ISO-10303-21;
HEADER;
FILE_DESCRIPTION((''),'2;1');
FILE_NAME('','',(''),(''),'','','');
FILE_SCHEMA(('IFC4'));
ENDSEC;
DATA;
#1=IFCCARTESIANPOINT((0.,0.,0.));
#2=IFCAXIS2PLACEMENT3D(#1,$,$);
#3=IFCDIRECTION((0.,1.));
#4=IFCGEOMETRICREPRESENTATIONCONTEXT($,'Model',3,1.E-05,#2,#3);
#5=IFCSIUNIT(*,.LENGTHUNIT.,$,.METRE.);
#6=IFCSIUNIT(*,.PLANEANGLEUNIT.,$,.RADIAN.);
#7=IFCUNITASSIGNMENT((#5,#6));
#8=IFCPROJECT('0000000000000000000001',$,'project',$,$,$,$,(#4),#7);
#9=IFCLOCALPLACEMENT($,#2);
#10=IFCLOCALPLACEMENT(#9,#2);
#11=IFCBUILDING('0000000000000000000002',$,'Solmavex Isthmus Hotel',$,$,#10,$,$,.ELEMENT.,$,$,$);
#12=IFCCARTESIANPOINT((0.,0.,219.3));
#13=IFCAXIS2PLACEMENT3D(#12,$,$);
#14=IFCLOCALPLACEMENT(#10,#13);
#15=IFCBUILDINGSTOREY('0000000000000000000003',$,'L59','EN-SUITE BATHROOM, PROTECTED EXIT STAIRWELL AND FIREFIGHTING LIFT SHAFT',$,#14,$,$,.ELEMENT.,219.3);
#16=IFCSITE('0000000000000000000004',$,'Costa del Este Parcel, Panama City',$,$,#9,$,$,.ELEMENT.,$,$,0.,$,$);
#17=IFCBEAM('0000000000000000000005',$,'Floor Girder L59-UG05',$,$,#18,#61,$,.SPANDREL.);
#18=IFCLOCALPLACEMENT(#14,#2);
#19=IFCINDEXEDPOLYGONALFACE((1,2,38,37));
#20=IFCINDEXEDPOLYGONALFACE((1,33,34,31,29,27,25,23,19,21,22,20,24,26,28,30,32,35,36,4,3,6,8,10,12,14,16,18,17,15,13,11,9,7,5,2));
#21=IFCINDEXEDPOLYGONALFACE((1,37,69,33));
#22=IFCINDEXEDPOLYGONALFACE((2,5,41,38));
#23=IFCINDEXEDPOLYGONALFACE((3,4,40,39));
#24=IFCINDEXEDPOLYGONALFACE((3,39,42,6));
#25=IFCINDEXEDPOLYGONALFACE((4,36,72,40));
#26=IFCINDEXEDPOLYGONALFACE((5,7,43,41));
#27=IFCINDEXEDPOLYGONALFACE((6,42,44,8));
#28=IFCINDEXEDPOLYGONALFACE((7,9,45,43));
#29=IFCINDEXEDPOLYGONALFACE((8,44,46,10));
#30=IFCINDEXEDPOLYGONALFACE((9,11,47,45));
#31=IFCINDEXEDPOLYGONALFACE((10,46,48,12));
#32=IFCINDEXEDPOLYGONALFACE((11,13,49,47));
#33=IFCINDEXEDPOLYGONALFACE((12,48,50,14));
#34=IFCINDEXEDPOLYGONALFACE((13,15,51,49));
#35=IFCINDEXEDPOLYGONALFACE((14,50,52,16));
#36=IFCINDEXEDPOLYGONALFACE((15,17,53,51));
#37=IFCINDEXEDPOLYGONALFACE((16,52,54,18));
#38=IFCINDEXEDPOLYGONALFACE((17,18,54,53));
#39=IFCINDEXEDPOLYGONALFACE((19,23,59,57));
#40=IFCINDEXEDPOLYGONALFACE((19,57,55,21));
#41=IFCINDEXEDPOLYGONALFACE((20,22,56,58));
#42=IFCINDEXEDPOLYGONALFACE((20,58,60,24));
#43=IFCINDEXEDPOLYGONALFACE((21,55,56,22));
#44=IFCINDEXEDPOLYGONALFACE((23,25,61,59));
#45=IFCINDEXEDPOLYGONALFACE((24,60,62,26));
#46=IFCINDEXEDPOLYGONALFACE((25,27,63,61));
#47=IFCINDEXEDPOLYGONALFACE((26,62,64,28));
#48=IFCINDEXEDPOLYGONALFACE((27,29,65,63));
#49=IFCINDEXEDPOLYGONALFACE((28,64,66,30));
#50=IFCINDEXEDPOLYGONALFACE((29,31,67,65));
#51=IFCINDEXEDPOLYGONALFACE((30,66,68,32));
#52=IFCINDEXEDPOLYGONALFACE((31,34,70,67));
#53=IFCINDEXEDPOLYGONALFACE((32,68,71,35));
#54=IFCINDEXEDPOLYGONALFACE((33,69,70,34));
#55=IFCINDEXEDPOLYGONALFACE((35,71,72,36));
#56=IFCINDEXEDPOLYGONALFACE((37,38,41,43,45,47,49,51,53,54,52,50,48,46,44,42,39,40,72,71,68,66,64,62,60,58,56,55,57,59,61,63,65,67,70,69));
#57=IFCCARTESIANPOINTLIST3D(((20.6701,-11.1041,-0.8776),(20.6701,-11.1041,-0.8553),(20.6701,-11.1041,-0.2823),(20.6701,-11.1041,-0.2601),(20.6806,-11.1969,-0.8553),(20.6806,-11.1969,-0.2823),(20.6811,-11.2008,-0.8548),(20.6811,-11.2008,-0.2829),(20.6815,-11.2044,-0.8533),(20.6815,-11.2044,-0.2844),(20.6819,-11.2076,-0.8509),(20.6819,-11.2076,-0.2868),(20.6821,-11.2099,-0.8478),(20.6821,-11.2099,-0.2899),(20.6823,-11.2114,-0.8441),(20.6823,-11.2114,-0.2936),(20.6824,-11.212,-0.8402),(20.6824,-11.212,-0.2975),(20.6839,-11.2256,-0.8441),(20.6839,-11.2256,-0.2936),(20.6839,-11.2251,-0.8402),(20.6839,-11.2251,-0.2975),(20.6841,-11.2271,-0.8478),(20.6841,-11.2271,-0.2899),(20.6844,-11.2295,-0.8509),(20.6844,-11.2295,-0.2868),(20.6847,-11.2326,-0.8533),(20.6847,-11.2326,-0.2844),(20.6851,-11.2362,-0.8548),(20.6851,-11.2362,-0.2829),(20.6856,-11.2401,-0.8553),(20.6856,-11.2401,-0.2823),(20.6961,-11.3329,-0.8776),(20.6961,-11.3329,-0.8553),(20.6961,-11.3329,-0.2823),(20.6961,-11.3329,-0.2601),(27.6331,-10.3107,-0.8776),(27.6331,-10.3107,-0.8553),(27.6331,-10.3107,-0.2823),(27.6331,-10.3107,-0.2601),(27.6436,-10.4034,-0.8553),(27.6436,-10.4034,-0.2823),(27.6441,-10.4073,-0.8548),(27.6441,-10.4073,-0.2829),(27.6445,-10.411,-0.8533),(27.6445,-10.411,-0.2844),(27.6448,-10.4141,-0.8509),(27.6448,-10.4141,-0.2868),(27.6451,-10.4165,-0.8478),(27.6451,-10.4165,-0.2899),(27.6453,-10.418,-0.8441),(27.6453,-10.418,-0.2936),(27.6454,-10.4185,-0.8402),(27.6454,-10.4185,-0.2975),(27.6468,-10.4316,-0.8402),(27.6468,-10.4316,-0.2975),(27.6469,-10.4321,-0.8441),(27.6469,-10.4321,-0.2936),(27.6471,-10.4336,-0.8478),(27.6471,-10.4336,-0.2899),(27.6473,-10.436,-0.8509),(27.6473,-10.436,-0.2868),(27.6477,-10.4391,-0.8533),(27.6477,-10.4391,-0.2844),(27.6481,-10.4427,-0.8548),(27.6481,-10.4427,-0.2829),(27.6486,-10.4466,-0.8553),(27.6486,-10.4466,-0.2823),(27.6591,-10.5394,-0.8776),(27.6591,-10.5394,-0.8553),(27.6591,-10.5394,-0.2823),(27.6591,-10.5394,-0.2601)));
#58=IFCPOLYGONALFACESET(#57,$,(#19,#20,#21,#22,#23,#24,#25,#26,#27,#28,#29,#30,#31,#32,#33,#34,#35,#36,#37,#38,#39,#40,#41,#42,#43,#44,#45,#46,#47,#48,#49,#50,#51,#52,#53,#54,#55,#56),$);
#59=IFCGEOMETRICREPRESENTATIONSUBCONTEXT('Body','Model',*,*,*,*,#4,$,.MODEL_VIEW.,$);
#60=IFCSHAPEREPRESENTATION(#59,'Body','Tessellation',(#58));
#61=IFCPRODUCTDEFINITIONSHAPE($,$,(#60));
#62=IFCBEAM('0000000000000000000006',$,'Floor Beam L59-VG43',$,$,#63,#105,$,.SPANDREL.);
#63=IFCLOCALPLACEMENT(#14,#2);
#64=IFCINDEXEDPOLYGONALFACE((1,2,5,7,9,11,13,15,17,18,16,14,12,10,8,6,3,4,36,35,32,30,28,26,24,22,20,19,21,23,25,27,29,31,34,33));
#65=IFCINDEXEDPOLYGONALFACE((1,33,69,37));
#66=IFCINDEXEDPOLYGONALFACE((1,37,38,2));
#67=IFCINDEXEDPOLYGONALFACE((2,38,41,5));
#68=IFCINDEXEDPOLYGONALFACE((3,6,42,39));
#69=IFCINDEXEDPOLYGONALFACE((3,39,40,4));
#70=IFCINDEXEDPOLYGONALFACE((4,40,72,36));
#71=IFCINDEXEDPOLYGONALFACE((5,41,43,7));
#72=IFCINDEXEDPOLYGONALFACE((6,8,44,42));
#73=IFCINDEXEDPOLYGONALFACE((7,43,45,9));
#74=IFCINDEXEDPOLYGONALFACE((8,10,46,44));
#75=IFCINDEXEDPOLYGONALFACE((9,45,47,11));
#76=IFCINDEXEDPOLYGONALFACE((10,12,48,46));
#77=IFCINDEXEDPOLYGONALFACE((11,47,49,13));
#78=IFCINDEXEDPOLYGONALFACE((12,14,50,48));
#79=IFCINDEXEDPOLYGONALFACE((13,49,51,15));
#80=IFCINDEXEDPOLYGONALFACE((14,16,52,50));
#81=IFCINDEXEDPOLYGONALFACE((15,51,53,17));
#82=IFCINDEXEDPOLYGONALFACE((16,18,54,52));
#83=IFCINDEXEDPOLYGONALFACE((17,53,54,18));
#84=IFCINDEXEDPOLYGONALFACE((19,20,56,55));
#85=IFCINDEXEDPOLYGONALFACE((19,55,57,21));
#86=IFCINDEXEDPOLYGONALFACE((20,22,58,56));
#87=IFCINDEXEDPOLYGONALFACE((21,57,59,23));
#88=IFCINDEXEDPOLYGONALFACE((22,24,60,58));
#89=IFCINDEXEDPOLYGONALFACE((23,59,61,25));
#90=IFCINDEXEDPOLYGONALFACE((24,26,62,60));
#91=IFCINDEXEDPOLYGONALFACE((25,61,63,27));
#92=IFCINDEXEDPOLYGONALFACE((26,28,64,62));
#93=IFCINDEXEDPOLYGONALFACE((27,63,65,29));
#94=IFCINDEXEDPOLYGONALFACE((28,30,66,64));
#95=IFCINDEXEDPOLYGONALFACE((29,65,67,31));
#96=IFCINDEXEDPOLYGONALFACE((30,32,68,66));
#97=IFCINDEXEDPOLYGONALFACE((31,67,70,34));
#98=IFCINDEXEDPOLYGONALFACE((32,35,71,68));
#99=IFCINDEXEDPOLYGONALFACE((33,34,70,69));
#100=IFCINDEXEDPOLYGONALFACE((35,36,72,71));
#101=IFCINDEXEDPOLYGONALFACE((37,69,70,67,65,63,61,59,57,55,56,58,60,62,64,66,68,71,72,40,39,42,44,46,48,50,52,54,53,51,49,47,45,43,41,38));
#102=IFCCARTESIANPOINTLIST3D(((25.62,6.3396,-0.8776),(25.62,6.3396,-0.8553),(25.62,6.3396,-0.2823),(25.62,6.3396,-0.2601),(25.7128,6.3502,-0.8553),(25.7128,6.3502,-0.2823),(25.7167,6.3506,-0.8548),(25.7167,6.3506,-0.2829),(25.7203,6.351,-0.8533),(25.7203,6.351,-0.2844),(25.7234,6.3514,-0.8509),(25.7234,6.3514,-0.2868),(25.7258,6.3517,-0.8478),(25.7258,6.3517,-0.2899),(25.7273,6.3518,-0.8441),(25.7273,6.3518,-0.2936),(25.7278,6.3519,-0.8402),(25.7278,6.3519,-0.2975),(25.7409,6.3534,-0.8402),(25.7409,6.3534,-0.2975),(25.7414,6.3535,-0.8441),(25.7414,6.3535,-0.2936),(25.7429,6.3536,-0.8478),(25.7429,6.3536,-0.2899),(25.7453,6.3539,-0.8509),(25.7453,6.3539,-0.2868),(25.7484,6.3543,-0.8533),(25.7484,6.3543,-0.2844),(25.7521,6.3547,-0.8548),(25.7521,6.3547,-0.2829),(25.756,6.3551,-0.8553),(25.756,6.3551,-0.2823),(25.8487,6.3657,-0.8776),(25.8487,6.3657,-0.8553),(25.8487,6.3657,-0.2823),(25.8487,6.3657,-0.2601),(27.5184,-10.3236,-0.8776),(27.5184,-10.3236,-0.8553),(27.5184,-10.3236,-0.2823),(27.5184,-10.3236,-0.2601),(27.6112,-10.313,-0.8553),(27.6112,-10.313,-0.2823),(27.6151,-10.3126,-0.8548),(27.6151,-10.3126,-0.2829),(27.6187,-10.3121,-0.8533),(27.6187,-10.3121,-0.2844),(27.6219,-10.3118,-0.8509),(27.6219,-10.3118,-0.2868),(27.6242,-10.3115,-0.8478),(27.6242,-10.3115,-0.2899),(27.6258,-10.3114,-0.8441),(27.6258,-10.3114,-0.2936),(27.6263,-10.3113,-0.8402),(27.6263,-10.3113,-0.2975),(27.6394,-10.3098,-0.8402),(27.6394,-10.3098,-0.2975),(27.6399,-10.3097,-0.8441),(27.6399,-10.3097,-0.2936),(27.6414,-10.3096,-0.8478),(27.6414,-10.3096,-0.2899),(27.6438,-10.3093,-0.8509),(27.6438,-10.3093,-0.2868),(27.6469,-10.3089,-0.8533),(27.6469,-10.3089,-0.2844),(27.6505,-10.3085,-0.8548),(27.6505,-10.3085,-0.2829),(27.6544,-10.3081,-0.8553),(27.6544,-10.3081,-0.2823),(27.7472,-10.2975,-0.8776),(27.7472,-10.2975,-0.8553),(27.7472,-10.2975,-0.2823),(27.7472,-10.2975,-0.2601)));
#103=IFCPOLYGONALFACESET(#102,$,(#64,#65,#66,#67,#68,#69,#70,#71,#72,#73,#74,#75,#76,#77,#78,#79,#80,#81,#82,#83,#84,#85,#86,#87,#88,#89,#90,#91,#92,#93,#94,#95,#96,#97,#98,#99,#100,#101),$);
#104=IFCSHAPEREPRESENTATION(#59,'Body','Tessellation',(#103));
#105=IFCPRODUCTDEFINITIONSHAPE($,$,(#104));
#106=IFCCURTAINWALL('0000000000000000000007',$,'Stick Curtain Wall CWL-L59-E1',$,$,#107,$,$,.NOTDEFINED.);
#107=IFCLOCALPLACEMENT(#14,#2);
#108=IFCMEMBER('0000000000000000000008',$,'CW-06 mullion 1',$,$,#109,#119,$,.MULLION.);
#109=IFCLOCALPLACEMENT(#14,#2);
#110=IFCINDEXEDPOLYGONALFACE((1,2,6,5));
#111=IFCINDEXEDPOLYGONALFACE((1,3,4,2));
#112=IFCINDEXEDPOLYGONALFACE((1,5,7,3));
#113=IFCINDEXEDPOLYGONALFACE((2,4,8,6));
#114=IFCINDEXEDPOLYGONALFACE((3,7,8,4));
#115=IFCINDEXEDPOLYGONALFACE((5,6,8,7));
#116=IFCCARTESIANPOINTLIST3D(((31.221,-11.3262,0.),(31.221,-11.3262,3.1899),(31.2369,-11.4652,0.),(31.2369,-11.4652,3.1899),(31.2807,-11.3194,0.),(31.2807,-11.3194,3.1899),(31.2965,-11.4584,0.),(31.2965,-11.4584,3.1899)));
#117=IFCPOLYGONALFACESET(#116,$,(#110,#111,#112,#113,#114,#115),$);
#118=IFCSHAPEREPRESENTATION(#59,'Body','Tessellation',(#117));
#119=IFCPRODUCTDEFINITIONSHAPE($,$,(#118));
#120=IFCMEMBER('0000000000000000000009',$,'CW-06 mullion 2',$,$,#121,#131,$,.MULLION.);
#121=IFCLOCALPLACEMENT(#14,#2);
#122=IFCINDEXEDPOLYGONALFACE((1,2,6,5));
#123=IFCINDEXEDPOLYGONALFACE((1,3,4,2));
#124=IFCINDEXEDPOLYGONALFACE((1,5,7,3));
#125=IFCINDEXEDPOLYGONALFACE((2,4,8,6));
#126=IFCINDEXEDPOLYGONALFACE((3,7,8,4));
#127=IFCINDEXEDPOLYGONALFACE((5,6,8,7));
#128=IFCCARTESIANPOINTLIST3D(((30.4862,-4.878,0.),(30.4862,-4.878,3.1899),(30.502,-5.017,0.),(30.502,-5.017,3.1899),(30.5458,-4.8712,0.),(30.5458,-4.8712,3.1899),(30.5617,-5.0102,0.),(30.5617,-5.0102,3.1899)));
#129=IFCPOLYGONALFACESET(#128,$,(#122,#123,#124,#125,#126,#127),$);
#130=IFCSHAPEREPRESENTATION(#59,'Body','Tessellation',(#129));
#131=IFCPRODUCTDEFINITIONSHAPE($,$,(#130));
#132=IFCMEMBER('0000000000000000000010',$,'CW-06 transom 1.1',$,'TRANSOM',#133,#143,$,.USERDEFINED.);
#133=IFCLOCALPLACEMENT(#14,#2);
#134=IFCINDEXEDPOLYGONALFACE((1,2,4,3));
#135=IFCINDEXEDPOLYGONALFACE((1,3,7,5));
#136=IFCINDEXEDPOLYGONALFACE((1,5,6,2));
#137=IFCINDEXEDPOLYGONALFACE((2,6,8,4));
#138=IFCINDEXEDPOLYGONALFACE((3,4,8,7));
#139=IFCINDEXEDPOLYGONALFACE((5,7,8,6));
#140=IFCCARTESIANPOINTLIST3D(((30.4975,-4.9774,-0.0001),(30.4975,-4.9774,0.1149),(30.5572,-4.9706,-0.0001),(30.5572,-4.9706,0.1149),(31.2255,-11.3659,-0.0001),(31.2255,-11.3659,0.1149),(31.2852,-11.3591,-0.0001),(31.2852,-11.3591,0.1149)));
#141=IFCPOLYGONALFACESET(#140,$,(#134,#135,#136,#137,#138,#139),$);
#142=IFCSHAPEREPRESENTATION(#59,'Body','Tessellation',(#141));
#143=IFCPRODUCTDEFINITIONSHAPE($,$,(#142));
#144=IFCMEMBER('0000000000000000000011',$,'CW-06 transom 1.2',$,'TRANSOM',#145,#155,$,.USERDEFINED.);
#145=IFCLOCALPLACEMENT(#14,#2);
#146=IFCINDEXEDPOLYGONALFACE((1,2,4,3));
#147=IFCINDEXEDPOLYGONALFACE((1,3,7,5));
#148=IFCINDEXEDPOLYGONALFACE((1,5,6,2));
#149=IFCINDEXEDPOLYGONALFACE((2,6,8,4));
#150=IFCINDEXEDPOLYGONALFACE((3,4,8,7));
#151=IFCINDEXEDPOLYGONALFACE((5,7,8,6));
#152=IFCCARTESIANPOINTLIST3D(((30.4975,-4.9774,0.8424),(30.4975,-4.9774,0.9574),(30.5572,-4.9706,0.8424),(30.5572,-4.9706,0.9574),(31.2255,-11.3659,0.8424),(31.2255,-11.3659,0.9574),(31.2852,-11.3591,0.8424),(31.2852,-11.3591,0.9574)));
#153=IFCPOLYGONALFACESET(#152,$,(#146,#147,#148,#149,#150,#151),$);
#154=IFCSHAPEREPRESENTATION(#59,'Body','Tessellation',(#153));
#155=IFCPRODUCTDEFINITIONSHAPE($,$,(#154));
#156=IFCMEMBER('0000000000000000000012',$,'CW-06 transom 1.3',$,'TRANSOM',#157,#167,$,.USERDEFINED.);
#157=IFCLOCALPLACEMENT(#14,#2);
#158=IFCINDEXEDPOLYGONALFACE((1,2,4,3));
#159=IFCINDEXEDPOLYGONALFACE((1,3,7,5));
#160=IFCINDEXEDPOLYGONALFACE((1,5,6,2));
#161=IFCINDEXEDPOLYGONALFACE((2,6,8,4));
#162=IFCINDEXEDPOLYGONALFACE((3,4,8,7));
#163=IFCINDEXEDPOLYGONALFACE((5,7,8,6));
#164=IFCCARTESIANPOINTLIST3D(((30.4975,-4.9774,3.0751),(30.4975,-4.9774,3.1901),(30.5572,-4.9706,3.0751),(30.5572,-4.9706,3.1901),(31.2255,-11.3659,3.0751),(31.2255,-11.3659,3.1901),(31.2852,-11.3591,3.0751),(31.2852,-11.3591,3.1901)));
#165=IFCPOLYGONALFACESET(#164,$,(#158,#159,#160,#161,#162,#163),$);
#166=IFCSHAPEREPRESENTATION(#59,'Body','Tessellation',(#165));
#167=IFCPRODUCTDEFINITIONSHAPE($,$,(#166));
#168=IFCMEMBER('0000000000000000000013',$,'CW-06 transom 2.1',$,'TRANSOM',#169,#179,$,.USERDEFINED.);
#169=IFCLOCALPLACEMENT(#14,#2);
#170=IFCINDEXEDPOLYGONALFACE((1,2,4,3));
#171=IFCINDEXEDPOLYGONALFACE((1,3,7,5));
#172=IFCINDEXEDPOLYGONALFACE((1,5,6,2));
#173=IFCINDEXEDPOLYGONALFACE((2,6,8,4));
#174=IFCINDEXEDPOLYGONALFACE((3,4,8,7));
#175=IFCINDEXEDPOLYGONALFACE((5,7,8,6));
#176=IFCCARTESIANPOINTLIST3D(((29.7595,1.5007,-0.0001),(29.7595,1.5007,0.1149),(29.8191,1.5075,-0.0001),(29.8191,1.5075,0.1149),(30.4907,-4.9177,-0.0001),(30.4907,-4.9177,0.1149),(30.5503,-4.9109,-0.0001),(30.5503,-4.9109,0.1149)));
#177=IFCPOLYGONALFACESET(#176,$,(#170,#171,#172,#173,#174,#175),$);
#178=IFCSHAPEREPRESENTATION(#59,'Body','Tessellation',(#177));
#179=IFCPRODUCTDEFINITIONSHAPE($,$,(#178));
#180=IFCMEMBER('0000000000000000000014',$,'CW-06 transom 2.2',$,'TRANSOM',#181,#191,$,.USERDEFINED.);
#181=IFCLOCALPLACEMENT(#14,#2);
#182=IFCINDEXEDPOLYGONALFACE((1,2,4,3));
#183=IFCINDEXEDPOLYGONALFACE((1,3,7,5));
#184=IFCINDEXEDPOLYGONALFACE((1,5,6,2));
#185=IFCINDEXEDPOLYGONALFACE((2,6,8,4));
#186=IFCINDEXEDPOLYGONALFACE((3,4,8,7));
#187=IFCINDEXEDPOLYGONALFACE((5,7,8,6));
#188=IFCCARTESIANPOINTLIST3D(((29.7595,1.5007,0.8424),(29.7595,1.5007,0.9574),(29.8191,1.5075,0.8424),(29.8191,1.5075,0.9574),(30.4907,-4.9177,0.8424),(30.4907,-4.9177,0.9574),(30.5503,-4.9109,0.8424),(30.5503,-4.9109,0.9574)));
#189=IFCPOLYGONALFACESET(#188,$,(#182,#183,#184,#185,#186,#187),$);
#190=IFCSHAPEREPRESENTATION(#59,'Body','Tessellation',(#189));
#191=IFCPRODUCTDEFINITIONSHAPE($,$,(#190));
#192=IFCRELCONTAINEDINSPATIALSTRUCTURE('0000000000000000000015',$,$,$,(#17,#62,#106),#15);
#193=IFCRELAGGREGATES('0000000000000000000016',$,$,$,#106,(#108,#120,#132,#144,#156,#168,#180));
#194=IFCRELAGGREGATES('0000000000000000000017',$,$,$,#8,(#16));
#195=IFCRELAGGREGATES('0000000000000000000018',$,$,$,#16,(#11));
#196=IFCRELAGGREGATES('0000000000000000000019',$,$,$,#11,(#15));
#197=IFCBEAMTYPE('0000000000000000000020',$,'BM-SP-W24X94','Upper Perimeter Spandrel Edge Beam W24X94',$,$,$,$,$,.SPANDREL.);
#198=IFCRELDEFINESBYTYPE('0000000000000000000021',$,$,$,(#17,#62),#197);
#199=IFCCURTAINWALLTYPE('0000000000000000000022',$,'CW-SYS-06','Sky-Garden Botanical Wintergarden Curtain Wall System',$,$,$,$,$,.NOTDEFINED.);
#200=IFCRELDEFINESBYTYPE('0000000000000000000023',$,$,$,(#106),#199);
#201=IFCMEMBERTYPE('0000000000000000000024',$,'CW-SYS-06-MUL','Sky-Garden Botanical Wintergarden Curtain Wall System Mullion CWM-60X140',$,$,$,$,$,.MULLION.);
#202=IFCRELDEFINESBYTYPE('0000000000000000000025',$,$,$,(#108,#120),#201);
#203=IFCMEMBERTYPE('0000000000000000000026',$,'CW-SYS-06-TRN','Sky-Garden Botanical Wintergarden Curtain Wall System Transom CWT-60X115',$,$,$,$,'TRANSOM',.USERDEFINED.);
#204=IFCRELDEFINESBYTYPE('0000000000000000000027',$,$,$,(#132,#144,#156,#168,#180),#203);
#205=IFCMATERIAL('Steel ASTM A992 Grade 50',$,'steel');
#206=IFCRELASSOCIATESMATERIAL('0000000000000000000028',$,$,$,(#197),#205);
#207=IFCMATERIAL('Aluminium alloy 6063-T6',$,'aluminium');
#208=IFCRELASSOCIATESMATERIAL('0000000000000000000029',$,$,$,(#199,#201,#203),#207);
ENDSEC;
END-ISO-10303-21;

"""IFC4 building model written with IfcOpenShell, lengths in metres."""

from ifc_helpers import new_model, si_unit, direction, frame, origin, origin_2d, place, context, subcontext, project, spatial, rectangle, i_section, extrude, material, material_profile, profile_set, type_object, element, aggregate, save


model = new_model("IFC4")

# Units and contexts
model_context = context("Model", 3, precision=1e-05, world=origin(), true_north=direction((0.0, 1.0)))
body_context = subcontext(model_context, "Body", "Model", "MODEL_VIEW")
ifc_project = project(units=[si_unit("LENGTHUNIT", "METRE"), si_unit("PLANEANGLEUNIT", "RADIAN")], contexts=[model_context])

# Site, building, storey
site_placement = place(None, origin())
site = spatial("IfcSite", under=ifc_project, at=site_placement, Name="Costa del Este Parcel, Panama City", CompositionType="ELEMENT", RefElevation=0.0)
building_placement = place(site_placement, origin())
building = spatial("IfcBuilding", under=site, at=building_placement, Name="Solmavex Isthmus Hotel", CompositionType="ELEMENT")
storey_placement = place(building_placement, frame((0.0, 0.0, 219.3)))
storey = spatial("IfcBuildingStorey", under=building, at=storey_placement, Name="L59", Description="EN-SUITE BATHROOM, PROTECTED EXIT STAIRWELL AND FIREFIGHTING LIFT SHAFT", CompositionType="ELEMENT", Elevation=219.3)

# Beams
ifc_material_1 = material(Name="Steel ASTM A992 Grade 50", Category="steel")
ifc_material_profile_1 = material_profile(ifc_material_1, i_section(OverallWidth=0.2302, OverallDepth=0.6174, WebThickness=0.0132, FlangeThickness=0.0222, FilletRadius=0.0151, at=origin_2d()), Name="W24X94")
ifc_profile_set_1 = profile_set([ifc_material_profile_1], Name="Steel ASTM A992 Grade 50")
beam_type_1 = type_object("IfcBeamType", Name="BM-SP-W24X94", Description="Upper Perimeter Spandrel Edge Beam W24X94", PredefinedType="SPANDREL", material=ifc_profile_set_1)
beam_1_placement = place(storey_placement, frame((20.6831, -11.2185, -0.5688), z_axis=(0.99357, 0.113222, 0.0), x_axis=(-0.113222, 0.99357, 0.0)))
element("IfcBeam", 1, at=beam_1_placement, inside=storey, type_object=beam_type_1, Name="Floor Girder L59-UG05", PredefinedType="SPANDREL", context=body_context, shape_type="SweptSolid", body=[
    extrude(i_section(OverallWidth=0.2302, OverallDepth=0.6174, WebThickness=0.0132, FlangeThickness=0.0222, FilletRadius=0.0151, at=origin_2d()), origin(), (0.0, 0.0, 1.0), 7.0081),
])
beam_2_placement = place(storey_placement, frame((27.6328, -10.3105, -0.5688), z_axis=(-0.113198, 0.993572, 0.0), x_axis=(-0.993572, -0.113198, 0.0)))
element("IfcBeam", 2, at=beam_2_placement, inside=storey, type_object=beam_type_1, Name="Floor Beam L59-VG43", PredefinedType="SPANDREL", context=body_context, shape_type="SweptSolid", body=[
    extrude(i_section(OverallWidth=0.2302, OverallDepth=0.6174, WebThickness=0.0132, FlangeThickness=0.0222, FilletRadius=0.0151, at=origin_2d()), origin(), (0.0, 0.0, 1.0), 16.771),
])

# Curtain wall, members
ifc_material_2 = material(Name="Aluminium alloy 6063-T6", Category="aluminium")
curtain_wall_type = type_object("IfcCurtainWallType", Name="CW-SYS-06", Description="Sky-Garden Botanical Wintergarden Curtain Wall System", PredefinedType="NOTDEFINED", material=ifc_material_2)
curtain_wall_placement = place(storey_placement, origin())
curtain_wall = element("IfcCurtainWall", 3, at=curtain_wall_placement, inside=storey, type_object=curtain_wall_type, Name="Stick Curtain Wall CWL-L59-E1", PredefinedType="NOTDEFINED")
ifc_material_profile_2 = material_profile(ifc_material_2, rectangle(XDim=0.0601, YDim=0.1399, at=origin_2d()), Name="CWM-60X140")
ifc_profile_set_2 = profile_set([ifc_material_profile_2], Name="Aluminium alloy 6063-T6")
member_type_1 = type_object("IfcMemberType", Name="CW-SYS-06-MUL", Description="Sky-Garden Botanical Wintergarden Curtain Wall System Mullion CWM-60X140", PredefinedType="MULLION", material=ifc_profile_set_2)
member_1_placement = place(storey_placement, frame((31.2588, -11.3923, 0.0), z_axis=(0.0, 0.0, 1.0), x_axis=(-0.993572, -0.113203, 0.0)))
member_1 = element("IfcMember", 4, at=member_1_placement, type_object=member_type_1, Name="CW-06 mullion 1", PredefinedType="MULLION", context=body_context, shape_type="SweptSolid", body=[
    extrude(rectangle(XDim=0.0601, YDim=0.1399, at=origin_2d()), origin(), (0.0, 0.0, 1.0), 3.1899),
])
member_2_placement = place(storey_placement, frame((30.5239, -4.9441, 0.0), z_axis=(0.0, 0.0, 1.0), x_axis=(-0.993572, -0.113203, 0.0)))
member_2 = element("IfcMember", 5, at=member_2_placement, type_object=member_type_1, Name="CW-06 mullion 2", PredefinedType="MULLION", context=body_context, shape_type="SweptSolid", body=[
    extrude(rectangle(XDim=0.0601, YDim=0.1399, at=origin_2d()), origin(), (0.0, 0.0, 1.0), 3.1899),
])
ifc_material_profile_3 = material_profile(ifc_material_2, rectangle(XDim=0.0601, YDim=0.115, at=origin_2d()), Name="CWT-60X115")
ifc_profile_set_3 = profile_set([ifc_material_profile_3], Name="Aluminium alloy 6063-T6")
member_type_2 = type_object("IfcMemberType", Name="CW-SYS-06-TRN", Description="Sky-Garden Botanical Wintergarden Curtain Wall System Transom CWT-60X115", ElementType="TRANSOM", PredefinedType="USERDEFINED", material=ifc_profile_set_3)
member_3_placement = place(storey_placement, frame((31.2554, -11.3625, 0.0574), z_axis=(-0.113223, 0.99357, 0.0), x_axis=(-0.99357, -0.113223, 0.0)))
member_3 = element("IfcMember", 6, at=member_3_placement, type_object=member_type_2, Name="CW-06 transom 1.1", ObjectType="TRANSOM", PredefinedType="USERDEFINED", context=body_context, shape_type="SweptSolid", body=[
    extrude(rectangle(XDim=0.0601, YDim=0.115, at=origin_2d()), origin(), (0.0, 0.0, 1.0), 6.4299),
])
member_4_placement = place(storey_placement, frame((31.2554, -11.3625, 0.8999), z_axis=(-0.113223, 0.99357, 0.0), x_axis=(-0.99357, -0.113223, 0.0)))
member_4 = element("IfcMember", 7, at=member_4_placement, type_object=member_type_2, Name="CW-06 transom 1.2", ObjectType="TRANSOM", PredefinedType="USERDEFINED", context=body_context, shape_type="SweptSolid", body=[
    extrude(rectangle(XDim=0.0601, YDim=0.115, at=origin_2d()), origin(), (0.0, 0.0, 1.0), 6.4299),
])
member_5_placement = place(storey_placement, frame((31.2554, -11.3625, 3.1326), z_axis=(-0.113223, 0.99357, 0.0), x_axis=(-0.99357, -0.113223, 0.0)))
member_5 = element("IfcMember", 8, at=member_5_placement, type_object=member_type_2, Name="CW-06 transom 1.3", ObjectType="TRANSOM", PredefinedType="USERDEFINED", context=body_context, shape_type="SweptSolid", body=[
    extrude(rectangle(XDim=0.0601, YDim=0.115, at=origin_2d()), origin(), (0.0, 0.0, 1.0), 6.4299),
])
member_6_placement = place(storey_placement, frame((30.5205, -4.9143, 0.0574), z_axis=(-0.11319, 0.993573, 0.0), x_axis=(-0.993573, -0.11319, 0.0)))
member_6 = element("IfcMember", 9, at=member_6_placement, type_object=member_type_2, Name="CW-06 transom 2.1", ObjectType="TRANSOM", PredefinedType="USERDEFINED", context=body_context, shape_type="SweptSolid", body=[
    extrude(rectangle(XDim=0.0601, YDim=0.115, at=origin_2d()), origin(), (0.0, 0.0, 1.0), 6.46),
])
member_7_placement = place(storey_placement, frame((30.5205, -4.9143, 0.8999), z_axis=(-0.11319, 0.993573, 0.0), x_axis=(-0.993573, -0.11319, 0.0)))
member_7 = element("IfcMember", 10, at=member_7_placement, type_object=member_type_2, Name="CW-06 transom 2.2", ObjectType="TRANSOM", PredefinedType="USERDEFINED", context=body_context, shape_type="SweptSolid", body=[
    extrude(rectangle(XDim=0.0601, YDim=0.115, at=origin_2d()), origin(), (0.0, 0.0, 1.0), 6.46),
])
aggregate(curtain_wall, [member_1, member_2, member_3, member_4, member_5, member_6, member_7])

save(model, "model.ifc")
